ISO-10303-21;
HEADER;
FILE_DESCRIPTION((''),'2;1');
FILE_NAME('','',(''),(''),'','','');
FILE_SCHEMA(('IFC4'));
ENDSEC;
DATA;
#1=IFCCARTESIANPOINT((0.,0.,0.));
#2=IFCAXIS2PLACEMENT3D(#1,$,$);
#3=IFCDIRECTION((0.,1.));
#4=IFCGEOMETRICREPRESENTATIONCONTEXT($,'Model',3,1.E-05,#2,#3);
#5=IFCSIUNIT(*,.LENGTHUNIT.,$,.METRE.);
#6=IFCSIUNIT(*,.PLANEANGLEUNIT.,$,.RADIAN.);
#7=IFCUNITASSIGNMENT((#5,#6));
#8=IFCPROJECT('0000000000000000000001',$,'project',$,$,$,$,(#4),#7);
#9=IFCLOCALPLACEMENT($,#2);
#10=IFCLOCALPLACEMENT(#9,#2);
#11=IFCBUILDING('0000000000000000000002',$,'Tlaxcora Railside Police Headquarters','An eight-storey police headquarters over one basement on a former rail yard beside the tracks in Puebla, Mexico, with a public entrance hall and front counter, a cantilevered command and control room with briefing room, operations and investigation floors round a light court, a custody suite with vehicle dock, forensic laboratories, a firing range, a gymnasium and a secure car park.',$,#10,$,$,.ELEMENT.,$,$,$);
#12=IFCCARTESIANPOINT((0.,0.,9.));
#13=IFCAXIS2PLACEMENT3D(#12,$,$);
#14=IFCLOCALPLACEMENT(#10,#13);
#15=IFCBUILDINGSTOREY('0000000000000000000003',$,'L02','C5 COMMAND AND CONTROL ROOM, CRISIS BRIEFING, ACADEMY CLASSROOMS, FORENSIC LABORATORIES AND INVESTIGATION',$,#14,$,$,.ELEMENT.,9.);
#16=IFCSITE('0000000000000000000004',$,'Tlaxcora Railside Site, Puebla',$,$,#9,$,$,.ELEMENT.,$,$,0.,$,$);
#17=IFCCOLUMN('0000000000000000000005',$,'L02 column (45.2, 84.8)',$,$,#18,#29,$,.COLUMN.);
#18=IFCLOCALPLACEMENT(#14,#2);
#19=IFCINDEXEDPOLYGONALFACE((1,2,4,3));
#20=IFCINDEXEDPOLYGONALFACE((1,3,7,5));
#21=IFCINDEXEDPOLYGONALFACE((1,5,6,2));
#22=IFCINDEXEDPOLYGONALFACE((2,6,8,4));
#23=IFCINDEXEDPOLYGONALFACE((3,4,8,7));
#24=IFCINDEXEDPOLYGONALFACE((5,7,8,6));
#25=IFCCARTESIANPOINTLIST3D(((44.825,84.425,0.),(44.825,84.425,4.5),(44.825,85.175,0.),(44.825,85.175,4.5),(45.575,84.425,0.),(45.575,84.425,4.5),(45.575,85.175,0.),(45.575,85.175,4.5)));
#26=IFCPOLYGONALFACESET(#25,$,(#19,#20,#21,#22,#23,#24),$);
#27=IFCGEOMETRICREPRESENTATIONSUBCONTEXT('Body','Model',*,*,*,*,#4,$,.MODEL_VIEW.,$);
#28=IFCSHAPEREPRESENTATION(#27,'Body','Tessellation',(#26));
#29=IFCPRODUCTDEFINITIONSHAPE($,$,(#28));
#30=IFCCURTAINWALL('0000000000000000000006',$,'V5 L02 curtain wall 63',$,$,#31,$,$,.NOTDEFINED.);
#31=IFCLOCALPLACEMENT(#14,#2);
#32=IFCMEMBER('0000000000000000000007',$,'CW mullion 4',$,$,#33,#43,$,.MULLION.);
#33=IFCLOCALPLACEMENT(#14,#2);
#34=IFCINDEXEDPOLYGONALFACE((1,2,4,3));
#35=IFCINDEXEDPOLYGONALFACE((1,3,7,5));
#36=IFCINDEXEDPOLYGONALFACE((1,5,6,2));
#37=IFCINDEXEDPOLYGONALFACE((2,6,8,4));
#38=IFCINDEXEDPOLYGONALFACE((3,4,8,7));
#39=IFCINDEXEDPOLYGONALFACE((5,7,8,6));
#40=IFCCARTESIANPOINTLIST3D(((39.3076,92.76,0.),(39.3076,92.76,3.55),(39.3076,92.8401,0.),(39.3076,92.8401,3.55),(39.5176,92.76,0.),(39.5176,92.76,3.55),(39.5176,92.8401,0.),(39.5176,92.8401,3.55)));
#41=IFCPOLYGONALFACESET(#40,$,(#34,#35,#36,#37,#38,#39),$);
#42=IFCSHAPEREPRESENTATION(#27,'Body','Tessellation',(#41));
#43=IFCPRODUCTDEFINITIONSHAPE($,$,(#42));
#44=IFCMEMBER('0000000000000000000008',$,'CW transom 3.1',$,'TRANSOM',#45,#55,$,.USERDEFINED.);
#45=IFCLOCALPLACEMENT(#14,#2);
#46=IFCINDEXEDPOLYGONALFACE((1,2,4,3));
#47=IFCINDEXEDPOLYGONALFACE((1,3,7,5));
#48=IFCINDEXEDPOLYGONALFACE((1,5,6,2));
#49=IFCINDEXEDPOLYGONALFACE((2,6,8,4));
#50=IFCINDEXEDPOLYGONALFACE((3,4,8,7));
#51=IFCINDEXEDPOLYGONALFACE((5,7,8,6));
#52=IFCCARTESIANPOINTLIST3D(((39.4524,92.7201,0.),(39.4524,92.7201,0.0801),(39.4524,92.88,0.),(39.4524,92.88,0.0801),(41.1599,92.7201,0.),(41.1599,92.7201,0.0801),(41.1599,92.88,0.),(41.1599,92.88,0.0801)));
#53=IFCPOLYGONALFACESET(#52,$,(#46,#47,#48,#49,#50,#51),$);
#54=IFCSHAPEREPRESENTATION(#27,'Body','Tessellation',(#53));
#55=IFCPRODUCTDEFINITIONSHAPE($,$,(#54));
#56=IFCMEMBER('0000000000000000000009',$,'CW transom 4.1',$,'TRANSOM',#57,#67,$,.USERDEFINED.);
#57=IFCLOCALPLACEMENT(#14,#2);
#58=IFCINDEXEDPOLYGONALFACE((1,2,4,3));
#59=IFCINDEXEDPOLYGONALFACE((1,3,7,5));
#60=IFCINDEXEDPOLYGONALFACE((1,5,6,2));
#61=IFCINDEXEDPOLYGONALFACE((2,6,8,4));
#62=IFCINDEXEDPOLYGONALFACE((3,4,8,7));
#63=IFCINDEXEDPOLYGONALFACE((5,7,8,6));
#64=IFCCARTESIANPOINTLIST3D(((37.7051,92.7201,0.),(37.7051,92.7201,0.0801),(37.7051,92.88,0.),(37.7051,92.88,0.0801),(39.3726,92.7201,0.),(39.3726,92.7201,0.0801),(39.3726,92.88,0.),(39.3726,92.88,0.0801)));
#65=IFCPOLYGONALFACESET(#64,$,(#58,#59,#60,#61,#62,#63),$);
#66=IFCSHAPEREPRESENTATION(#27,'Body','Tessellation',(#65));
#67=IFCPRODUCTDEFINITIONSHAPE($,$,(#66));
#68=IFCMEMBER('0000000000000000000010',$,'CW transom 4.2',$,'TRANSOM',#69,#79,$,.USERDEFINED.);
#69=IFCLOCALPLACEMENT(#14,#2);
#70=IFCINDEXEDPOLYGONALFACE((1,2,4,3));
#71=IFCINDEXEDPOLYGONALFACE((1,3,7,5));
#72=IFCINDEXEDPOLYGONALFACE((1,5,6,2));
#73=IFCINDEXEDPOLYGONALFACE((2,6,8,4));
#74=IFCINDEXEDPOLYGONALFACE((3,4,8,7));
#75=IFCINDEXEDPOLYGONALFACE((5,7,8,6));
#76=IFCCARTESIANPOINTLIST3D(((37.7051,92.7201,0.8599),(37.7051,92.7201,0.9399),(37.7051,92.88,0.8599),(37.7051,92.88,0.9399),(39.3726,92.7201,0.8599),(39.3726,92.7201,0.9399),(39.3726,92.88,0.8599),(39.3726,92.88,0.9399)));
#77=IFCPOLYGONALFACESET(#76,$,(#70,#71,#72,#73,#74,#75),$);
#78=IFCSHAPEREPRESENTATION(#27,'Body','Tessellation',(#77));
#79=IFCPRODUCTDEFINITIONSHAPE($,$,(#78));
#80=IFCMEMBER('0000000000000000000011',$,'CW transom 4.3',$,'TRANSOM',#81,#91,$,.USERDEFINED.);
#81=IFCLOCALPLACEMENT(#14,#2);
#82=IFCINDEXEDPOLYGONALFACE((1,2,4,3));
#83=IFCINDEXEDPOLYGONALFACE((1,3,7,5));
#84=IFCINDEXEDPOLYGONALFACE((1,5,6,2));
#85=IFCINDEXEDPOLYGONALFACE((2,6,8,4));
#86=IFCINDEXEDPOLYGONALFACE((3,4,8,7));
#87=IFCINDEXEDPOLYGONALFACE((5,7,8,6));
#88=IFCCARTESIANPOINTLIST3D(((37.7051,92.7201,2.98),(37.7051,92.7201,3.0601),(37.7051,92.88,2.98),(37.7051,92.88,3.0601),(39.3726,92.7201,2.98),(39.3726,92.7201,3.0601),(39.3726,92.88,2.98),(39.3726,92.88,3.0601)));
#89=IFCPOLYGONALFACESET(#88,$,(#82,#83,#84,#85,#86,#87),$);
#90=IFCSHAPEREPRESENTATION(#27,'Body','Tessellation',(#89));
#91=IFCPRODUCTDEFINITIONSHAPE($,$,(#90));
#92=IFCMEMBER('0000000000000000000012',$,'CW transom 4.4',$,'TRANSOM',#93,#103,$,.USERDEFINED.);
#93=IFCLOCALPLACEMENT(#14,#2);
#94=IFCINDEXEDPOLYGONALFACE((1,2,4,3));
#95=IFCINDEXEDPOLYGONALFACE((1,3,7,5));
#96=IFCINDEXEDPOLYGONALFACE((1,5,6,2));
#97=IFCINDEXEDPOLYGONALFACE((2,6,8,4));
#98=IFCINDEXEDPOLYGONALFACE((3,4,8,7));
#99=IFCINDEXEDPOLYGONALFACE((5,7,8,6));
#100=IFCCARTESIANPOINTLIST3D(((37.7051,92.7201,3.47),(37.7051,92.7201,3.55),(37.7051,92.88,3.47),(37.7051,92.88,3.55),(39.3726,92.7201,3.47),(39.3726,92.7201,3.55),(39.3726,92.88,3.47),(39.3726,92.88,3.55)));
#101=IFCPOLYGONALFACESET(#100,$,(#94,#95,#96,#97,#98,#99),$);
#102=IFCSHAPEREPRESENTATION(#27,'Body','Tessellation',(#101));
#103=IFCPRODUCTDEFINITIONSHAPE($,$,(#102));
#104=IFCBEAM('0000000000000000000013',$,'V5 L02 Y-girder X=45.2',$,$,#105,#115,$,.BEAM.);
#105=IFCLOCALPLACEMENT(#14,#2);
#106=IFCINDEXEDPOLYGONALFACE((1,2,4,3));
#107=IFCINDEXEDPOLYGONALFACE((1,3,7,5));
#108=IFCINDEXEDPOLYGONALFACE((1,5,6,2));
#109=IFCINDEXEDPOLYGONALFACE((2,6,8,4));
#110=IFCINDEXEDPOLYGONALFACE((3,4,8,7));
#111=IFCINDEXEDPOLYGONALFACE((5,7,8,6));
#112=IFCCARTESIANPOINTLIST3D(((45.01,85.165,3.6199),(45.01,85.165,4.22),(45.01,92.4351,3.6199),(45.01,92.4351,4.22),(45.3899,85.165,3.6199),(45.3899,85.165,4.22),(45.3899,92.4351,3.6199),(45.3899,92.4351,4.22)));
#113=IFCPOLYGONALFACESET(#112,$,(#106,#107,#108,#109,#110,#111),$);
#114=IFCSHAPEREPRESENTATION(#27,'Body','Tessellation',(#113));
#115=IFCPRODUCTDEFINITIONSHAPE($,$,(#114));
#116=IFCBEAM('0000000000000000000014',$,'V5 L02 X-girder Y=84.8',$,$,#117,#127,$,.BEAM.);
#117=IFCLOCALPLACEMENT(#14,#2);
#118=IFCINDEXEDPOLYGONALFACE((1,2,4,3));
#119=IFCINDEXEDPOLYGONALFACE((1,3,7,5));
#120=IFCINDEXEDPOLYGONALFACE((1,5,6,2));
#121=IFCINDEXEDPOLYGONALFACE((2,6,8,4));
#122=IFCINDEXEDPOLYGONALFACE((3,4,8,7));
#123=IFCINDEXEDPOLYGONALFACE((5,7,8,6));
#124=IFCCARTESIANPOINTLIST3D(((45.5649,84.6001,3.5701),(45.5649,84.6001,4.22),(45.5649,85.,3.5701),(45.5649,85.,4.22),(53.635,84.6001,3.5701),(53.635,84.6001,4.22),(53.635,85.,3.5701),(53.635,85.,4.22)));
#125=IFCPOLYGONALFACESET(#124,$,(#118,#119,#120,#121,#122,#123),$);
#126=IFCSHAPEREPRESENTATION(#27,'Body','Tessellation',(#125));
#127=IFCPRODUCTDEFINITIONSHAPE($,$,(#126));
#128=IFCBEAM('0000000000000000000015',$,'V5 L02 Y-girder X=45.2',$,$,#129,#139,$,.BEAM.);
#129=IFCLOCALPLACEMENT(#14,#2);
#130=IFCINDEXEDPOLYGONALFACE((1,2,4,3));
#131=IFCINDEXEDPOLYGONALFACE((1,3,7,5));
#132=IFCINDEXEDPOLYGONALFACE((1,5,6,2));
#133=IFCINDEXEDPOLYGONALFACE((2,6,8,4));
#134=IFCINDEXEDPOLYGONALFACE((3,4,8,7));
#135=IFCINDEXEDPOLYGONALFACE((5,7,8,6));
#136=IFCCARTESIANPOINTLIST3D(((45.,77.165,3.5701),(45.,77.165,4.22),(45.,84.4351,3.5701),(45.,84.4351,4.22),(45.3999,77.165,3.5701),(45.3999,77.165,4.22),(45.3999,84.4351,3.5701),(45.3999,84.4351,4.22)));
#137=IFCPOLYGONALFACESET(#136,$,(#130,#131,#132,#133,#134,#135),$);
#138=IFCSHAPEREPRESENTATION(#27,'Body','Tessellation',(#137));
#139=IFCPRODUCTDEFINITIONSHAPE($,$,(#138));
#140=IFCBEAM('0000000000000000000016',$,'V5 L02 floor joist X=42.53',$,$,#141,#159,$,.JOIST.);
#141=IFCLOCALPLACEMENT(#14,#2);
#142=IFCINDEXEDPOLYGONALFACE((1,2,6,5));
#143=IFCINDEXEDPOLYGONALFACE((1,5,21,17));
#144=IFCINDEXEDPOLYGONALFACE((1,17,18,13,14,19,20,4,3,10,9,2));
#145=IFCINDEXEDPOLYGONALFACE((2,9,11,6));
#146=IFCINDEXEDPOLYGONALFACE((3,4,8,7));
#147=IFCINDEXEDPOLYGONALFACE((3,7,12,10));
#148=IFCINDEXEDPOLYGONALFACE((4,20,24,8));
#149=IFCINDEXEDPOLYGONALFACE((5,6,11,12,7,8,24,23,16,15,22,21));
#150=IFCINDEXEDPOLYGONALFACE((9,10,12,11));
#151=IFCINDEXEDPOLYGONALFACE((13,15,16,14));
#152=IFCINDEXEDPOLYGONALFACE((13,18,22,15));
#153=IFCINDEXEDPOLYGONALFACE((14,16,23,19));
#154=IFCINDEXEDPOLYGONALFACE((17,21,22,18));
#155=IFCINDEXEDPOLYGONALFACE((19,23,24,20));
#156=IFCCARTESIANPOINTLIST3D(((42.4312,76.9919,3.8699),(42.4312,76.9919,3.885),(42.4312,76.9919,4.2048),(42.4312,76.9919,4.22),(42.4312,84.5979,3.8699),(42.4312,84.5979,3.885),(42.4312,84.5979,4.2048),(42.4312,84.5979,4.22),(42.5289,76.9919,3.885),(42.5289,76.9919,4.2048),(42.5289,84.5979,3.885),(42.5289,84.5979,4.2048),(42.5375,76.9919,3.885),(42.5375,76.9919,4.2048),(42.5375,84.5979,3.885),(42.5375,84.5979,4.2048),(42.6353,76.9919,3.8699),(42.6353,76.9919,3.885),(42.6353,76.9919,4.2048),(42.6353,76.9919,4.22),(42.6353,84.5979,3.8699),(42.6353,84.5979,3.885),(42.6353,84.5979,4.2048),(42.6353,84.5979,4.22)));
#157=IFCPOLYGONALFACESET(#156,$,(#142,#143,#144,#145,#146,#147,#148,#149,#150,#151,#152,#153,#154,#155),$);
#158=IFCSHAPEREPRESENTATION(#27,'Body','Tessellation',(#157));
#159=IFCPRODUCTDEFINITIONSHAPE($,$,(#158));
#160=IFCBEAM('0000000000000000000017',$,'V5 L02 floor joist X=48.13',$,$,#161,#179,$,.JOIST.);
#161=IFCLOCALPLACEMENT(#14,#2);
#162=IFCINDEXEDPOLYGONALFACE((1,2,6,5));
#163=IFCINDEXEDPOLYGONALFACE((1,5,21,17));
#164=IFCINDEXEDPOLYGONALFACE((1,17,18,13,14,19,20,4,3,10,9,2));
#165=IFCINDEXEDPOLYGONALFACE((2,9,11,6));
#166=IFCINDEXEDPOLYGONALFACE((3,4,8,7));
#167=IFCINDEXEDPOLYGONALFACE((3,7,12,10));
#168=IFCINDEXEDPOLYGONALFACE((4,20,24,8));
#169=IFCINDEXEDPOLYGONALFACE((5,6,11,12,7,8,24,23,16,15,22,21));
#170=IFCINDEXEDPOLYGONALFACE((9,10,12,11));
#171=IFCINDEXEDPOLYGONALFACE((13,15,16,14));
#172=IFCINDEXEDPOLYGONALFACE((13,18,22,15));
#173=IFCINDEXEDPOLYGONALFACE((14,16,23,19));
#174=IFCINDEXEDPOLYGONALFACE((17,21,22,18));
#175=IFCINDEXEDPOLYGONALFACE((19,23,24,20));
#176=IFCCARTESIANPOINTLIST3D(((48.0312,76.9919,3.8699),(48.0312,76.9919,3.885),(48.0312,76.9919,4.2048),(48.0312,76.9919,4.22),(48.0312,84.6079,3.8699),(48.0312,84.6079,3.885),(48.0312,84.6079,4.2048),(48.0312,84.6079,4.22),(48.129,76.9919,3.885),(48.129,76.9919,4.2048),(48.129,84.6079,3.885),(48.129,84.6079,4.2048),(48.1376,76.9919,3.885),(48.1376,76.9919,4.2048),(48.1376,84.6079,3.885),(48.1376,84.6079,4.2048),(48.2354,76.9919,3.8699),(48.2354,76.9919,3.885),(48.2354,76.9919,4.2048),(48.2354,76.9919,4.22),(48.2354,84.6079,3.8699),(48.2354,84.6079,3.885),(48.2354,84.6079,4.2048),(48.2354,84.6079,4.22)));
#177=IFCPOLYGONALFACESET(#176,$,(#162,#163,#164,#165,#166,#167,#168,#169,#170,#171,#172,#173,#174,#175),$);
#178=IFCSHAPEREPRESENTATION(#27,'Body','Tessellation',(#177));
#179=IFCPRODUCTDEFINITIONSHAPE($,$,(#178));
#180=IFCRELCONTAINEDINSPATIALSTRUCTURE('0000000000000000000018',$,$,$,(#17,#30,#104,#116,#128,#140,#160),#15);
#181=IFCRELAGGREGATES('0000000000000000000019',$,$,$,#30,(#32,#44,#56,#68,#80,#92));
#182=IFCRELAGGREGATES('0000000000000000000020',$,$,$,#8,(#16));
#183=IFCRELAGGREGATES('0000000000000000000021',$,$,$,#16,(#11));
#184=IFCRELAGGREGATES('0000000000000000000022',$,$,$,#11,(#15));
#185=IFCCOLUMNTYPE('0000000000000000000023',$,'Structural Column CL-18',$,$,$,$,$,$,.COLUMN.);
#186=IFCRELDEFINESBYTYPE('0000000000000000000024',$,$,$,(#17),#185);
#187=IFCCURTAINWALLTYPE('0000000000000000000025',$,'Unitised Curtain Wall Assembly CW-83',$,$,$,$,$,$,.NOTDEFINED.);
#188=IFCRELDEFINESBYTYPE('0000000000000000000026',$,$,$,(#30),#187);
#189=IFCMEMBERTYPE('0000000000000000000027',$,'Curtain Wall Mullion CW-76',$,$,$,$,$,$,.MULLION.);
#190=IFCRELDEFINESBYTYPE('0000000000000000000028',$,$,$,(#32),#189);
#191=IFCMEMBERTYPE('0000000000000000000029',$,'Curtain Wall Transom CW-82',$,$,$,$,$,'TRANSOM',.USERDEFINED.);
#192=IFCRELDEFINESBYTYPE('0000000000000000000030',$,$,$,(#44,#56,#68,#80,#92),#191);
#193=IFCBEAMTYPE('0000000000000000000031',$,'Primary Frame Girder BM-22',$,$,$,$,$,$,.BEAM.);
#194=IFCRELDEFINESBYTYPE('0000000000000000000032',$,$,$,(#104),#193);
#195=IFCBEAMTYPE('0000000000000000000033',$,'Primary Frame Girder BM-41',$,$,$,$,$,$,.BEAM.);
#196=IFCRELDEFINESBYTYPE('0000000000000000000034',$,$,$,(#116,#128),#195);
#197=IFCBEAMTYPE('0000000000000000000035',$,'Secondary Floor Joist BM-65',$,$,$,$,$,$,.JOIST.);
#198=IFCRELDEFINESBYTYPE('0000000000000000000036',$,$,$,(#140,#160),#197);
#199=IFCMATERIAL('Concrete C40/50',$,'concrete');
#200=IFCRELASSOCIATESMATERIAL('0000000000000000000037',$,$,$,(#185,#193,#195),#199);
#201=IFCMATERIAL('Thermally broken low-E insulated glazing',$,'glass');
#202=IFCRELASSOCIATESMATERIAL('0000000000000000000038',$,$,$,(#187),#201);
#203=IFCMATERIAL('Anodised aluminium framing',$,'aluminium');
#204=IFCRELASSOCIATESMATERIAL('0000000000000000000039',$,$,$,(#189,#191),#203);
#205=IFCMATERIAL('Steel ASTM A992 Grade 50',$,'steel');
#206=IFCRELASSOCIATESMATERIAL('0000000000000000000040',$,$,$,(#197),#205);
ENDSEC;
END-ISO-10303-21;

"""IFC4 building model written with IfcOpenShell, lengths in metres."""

from ifc_helpers import new_model, si_unit, direction, frame, origin, origin_2d, place, context, subcontext, project, spatial, rectangle, i_section, extrude, material, material_profile, profile_set, type_object, element, aggregate, save


model = new_model("IFC4")

# Units and contexts
model_context = context("Model", 3, precision=1e-05, world=origin(), true_north=direction((0.0, 1.0)))
body_context = subcontext(model_context, "Body", "Model", "MODEL_VIEW")
ifc_project = project(units=[si_unit("LENGTHUNIT", "METRE"), si_unit("PLANEANGLEUNIT", "RADIAN")], contexts=[model_context])

# Site, building, storey
site_placement = place(None, origin())
site = spatial("IfcSite", under=ifc_project, at=site_placement, Name="Tlaxcora Railside Site, Puebla", CompositionType="ELEMENT", RefElevation=0.0)
building_placement = place(site_placement, origin())
building = spatial("IfcBuilding", under=site, at=building_placement, Name="Tlaxcora Railside Police Headquarters", Description="An eight-storey police headquarters over one basement on a former rail yard beside the tracks in Puebla, Mexico, with a public entrance hall and front counter, a cantilevered command and control room with briefing room, operations and investigation floors round a light court, a custody suite with vehicle dock, forensic laboratories, a firing range, a gymnasium and a secure car park.", CompositionType="ELEMENT")
storey_placement = place(building_placement, frame((0.0, 0.0, 9.0)))
storey = spatial("IfcBuildingStorey", under=building, at=storey_placement, Name="L02", Description="C5 COMMAND AND CONTROL ROOM, CRISIS BRIEFING, ACADEMY CLASSROOMS, FORENSIC LABORATORIES AND INVESTIGATION", CompositionType="ELEMENT", Elevation=9.0)

# Column
ifc_material_1 = material(Name="Concrete C40/50", Category="concrete")
ifc_material_profile_1 = material_profile(ifc_material_1, rectangle(XDim=0.75, YDim=0.75, at=origin_2d()), Name="RC750X750")
ifc_profile_set_1 = profile_set([ifc_material_profile_1], Name="Concrete C40/50")
column_type = type_object("IfcColumnType", Name="Structural Column CL-18", PredefinedType="COLUMN", material=ifc_profile_set_1)
column_placement = place(storey_placement, frame((45.2, 84.8, 0.0), z_axis=(0.0, 0.0, 1.0), x_axis=(1.0, 0.0, 0.0)))
element("IfcColumn", 1, at=column_placement, inside=storey, type_object=column_type, Name="L02 column (45.2, 84.8)", PredefinedType="COLUMN", context=body_context, shape_type="SweptSolid", body=[
    extrude(rectangle(XDim=0.75, YDim=0.75, at=origin_2d()), origin(), (0.0, 0.0, 1.0), 4.5),
])

# Curtain wall, members
ifc_material_2 = material(Name="Thermally broken low-E insulated glazing", Category="glass")
curtain_wall_type = type_object("IfcCurtainWallType", Name="Unitised Curtain Wall Assembly CW-83", PredefinedType="NOTDEFINED", material=ifc_material_2)
curtain_wall_placement = place(storey_placement, origin())
curtain_wall = element("IfcCurtainWall", 2, at=curtain_wall_placement, inside=storey, type_object=curtain_wall_type, Name="V5 L02 curtain wall 63", PredefinedType="NOTDEFINED")
ifc_material_3 = material(Name="Anodised aluminium framing", Category="aluminium")
ifc_material_profile_2 = material_profile(ifc_material_3, rectangle(XDim=0.0801, YDim=0.21, at=origin_2d()), Name="AL80X210")
ifc_profile_set_2 = profile_set([ifc_material_profile_2], Name="Anodised aluminium framing")
member_type_1 = type_object("IfcMemberType", Name="Curtain Wall Mullion CW-76", PredefinedType="MULLION", material=ifc_profile_set_2)
member_1_placement = place(storey_placement, frame((39.4126, 92.8, 0.0), z_axis=(0.0, 0.0, 1.0), x_axis=(0.0, -1.0, 0.0)))
member_1 = element("IfcMember", 3, at=member_1_placement, type_object=member_type_1, Name="CW mullion 4", PredefinedType="MULLION", context=body_context, shape_type="SweptSolid", body=[
    extrude(rectangle(XDim=0.0801, YDim=0.21, at=origin_2d()), origin(), (0.0, 0.0, 1.0), 3.55),
])
ifc_material_profile_3 = material_profile(ifc_material_3, rectangle(XDim=0.1599, YDim=0.0801, at=origin_2d()), Name="AL80X160")
ifc_profile_set_3 = profile_set([ifc_material_profile_3], Name="Anodised aluminium framing")
member_type_2 = type_object("IfcMemberType", Name="Curtain Wall Transom CW-82", ElementType="TRANSOM", PredefinedType="USERDEFINED", material=ifc_profile_set_3)
member_2_placement = place(storey_placement, frame((41.1599, 92.8, 0.04), z_axis=(-1.0, 0.0, 0.0), x_axis=(0.0, -1.0, 0.0)))
member_2 = element("IfcMember", 4, at=member_2_placement, type_object=member_type_2, Name="CW transom 3.1", ObjectType="TRANSOM", PredefinedType="USERDEFINED", context=body_context, shape_type="SweptSolid", body=[
    extrude(rectangle(XDim=0.1599, YDim=0.0801, at=origin_2d()), origin(), (0.0, 0.0, 1.0), 1.7075),
])
member_3_placement = place(storey_placement, frame((39.3726, 92.8, 0.04), z_axis=(-1.0, 0.0, 0.0), x_axis=(0.0, -1.0, 0.0)))
member_3 = element("IfcMember", 5, at=member_3_placement, type_object=member_type_2, Name="CW transom 4.1", ObjectType="TRANSOM", PredefinedType="USERDEFINED", context=body_context, shape_type="SweptSolid", body=[
    extrude(rectangle(XDim=0.1599, YDim=0.0801, at=origin_2d()), origin(), (0.0, 0.0, 1.0), 1.6675),
])
member_4_placement = place(storey_placement, frame((39.3726, 92.8, 0.8999), z_axis=(-1.0, 0.0, 0.0), x_axis=(0.0, -1.0, 0.0)))
member_4 = element("IfcMember", 6, at=member_4_placement, type_object=member_type_2, Name="CW transom 4.2", ObjectType="TRANSOM", PredefinedType="USERDEFINED", context=body_context, shape_type="SweptSolid", body=[
    extrude(rectangle(XDim=0.1599, YDim=0.0801, at=origin_2d()), origin(), (0.0, 0.0, 1.0), 1.6675),
])
member_5_placement = place(storey_placement, frame((39.3726, 92.8, 3.02), z_axis=(-1.0, 0.0, 0.0), x_axis=(0.0, -1.0, 0.0)))
member_5 = element("IfcMember", 7, at=member_5_placement, type_object=member_type_2, Name="CW transom 4.3", ObjectType="TRANSOM", PredefinedType="USERDEFINED", context=body_context, shape_type="SweptSolid", body=[
    extrude(rectangle(XDim=0.1599, YDim=0.0801, at=origin_2d()), origin(), (0.0, 0.0, 1.0), 1.6675),
])
member_6_placement = place(storey_placement, frame((39.3726, 92.8, 3.51), z_axis=(-1.0, 0.0, 0.0), x_axis=(0.0, -1.0, 0.0)))
member_6 = element("IfcMember", 8, at=member_6_placement, type_object=member_type_2, Name="CW transom 4.4", ObjectType="TRANSOM", PredefinedType="USERDEFINED", context=body_context, shape_type="SweptSolid", body=[
    extrude(rectangle(XDim=0.1599, YDim=0.0801, at=origin_2d()), origin(), (0.0, 0.0, 1.0), 1.6675),
])

# Beams
ifc_material_profile_4 = material_profile(ifc_material_1, rectangle(XDim=0.3799, YDim=0.6001, at=origin_2d()), Name="RC380X600")
ifc_profile_set_4 = profile_set([ifc_material_profile_4], Name="Concrete C40/50")
beam_type_1 = type_object("IfcBeamType", Name="Primary Frame Girder BM-22", PredefinedType="BEAM", material=ifc_profile_set_4)
beam_1_placement = place(storey_placement, frame((45.2, 85.165, 3.9199), z_axis=(0.0, 1.0, 0.0), x_axis=(-1.0, 0.0, 0.0)))
element("IfcBeam", 9, at=beam_1_placement, inside=storey, type_object=beam_type_1, Name="V5 L02 Y-girder X=45.2", PredefinedType="BEAM", context=body_context, shape_type="SweptSolid", body=[
    extrude(rectangle(XDim=0.3799, YDim=0.6001, at=origin_2d()), origin(), (0.0, 0.0, 1.0), 7.27),
])
ifc_material_profile_5 = material_profile(ifc_material_1, rectangle(XDim=0.3999, YDim=0.6499, at=origin_2d()), Name="RC400X650")
ifc_profile_set_5 = profile_set([ifc_material_profile_5], Name="Concrete C40/50")
beam_type_2 = type_object("IfcBeamType", Name="Primary Frame Girder BM-41", PredefinedType="BEAM", material=ifc_profile_set_5)
beam_2_placement = place(storey_placement, frame((45.5649, 84.8, 3.895), z_axis=(1.0, 0.0, 0.0), x_axis=(0.0, 1.0, 0.0)))
element("IfcBeam", 10, at=beam_2_placement, inside=storey, type_object=beam_type_2, Name="V5 L02 X-girder Y=84.8", PredefinedType="BEAM", context=body_context, shape_type="SweptSolid", body=[
    extrude(rectangle(XDim=0.3999, YDim=0.6499, at=origin_2d()), origin(), (0.0, 0.0, 1.0), 8.0701),
])
beam_3_placement = place(storey_placement, frame((45.2, 77.165, 3.895), z_axis=(0.0, 1.0, 0.0), x_axis=(-1.0, 0.0, 0.0)))
element("IfcBeam", 11, at=beam_3_placement, inside=storey, type_object=beam_type_2, Name="V5 L02 Y-girder X=45.2", PredefinedType="BEAM", context=body_context, shape_type="SweptSolid", body=[
    extrude(rectangle(XDim=0.3999, YDim=0.6499, at=origin_2d()), origin(), (0.0, 0.0, 1.0), 7.27),
])
ifc_material_4 = material(Name="Steel ASTM A992 Grade 50", Category="steel")
ifc_material_profile_6 = material_profile(ifc_material_4, i_section(OverallWidth=0.2041, OverallDepth=0.3501, WebThickness=0.0085, FlangeThickness=0.0151, at=origin_2d()), Name="W14X48")
ifc_profile_set_6 = profile_set([ifc_material_profile_6], Name="Steel ASTM A992 Grade 50")
beam_type_3 = type_object("IfcBeamType", Name="Secondary Floor Joist BM-65", PredefinedType="JOIST", material=ifc_profile_set_6)
beam_4_placement = place(storey_placement, frame((42.5332, 76.9919, 4.0449), z_axis=(0.0, 1.0, 0.0), x_axis=(-1.0, 0.0, 0.0)))
element("IfcBeam", 12, at=beam_4_placement, inside=storey, type_object=beam_type_3, Name="V5 L02 floor joist X=42.53", PredefinedType="JOIST", context=body_context, shape_type="SweptSolid", body=[
    extrude(i_section(OverallWidth=0.2041, OverallDepth=0.3501, WebThickness=0.0085, FlangeThickness=0.0151, at=origin_2d()), origin(), (0.0, 0.0, 1.0), 7.606),
])
beam_5_placement = place(storey_placement, frame((48.1333, 76.9919, 4.0449), z_axis=(0.0, 1.0, 0.0), x_axis=(-1.0, 0.0, 0.0)))
element("IfcBeam", 13, at=beam_5_placement, inside=storey, type_object=beam_type_3, Name="V5 L02 floor joist X=48.13", PredefinedType="JOIST", context=body_context, shape_type="SweptSolid", body=[
    extrude(i_section(OverallWidth=0.2041, OverallDepth=0.3501, WebThickness=0.0085, FlangeThickness=0.0151, at=origin_2d()), origin(), (0.0, 0.0, 1.0), 7.616),
])

aggregate(curtain_wall, [member_1, member_2, member_3, member_4, member_5, member_6])

save(model, "model.ifc")
